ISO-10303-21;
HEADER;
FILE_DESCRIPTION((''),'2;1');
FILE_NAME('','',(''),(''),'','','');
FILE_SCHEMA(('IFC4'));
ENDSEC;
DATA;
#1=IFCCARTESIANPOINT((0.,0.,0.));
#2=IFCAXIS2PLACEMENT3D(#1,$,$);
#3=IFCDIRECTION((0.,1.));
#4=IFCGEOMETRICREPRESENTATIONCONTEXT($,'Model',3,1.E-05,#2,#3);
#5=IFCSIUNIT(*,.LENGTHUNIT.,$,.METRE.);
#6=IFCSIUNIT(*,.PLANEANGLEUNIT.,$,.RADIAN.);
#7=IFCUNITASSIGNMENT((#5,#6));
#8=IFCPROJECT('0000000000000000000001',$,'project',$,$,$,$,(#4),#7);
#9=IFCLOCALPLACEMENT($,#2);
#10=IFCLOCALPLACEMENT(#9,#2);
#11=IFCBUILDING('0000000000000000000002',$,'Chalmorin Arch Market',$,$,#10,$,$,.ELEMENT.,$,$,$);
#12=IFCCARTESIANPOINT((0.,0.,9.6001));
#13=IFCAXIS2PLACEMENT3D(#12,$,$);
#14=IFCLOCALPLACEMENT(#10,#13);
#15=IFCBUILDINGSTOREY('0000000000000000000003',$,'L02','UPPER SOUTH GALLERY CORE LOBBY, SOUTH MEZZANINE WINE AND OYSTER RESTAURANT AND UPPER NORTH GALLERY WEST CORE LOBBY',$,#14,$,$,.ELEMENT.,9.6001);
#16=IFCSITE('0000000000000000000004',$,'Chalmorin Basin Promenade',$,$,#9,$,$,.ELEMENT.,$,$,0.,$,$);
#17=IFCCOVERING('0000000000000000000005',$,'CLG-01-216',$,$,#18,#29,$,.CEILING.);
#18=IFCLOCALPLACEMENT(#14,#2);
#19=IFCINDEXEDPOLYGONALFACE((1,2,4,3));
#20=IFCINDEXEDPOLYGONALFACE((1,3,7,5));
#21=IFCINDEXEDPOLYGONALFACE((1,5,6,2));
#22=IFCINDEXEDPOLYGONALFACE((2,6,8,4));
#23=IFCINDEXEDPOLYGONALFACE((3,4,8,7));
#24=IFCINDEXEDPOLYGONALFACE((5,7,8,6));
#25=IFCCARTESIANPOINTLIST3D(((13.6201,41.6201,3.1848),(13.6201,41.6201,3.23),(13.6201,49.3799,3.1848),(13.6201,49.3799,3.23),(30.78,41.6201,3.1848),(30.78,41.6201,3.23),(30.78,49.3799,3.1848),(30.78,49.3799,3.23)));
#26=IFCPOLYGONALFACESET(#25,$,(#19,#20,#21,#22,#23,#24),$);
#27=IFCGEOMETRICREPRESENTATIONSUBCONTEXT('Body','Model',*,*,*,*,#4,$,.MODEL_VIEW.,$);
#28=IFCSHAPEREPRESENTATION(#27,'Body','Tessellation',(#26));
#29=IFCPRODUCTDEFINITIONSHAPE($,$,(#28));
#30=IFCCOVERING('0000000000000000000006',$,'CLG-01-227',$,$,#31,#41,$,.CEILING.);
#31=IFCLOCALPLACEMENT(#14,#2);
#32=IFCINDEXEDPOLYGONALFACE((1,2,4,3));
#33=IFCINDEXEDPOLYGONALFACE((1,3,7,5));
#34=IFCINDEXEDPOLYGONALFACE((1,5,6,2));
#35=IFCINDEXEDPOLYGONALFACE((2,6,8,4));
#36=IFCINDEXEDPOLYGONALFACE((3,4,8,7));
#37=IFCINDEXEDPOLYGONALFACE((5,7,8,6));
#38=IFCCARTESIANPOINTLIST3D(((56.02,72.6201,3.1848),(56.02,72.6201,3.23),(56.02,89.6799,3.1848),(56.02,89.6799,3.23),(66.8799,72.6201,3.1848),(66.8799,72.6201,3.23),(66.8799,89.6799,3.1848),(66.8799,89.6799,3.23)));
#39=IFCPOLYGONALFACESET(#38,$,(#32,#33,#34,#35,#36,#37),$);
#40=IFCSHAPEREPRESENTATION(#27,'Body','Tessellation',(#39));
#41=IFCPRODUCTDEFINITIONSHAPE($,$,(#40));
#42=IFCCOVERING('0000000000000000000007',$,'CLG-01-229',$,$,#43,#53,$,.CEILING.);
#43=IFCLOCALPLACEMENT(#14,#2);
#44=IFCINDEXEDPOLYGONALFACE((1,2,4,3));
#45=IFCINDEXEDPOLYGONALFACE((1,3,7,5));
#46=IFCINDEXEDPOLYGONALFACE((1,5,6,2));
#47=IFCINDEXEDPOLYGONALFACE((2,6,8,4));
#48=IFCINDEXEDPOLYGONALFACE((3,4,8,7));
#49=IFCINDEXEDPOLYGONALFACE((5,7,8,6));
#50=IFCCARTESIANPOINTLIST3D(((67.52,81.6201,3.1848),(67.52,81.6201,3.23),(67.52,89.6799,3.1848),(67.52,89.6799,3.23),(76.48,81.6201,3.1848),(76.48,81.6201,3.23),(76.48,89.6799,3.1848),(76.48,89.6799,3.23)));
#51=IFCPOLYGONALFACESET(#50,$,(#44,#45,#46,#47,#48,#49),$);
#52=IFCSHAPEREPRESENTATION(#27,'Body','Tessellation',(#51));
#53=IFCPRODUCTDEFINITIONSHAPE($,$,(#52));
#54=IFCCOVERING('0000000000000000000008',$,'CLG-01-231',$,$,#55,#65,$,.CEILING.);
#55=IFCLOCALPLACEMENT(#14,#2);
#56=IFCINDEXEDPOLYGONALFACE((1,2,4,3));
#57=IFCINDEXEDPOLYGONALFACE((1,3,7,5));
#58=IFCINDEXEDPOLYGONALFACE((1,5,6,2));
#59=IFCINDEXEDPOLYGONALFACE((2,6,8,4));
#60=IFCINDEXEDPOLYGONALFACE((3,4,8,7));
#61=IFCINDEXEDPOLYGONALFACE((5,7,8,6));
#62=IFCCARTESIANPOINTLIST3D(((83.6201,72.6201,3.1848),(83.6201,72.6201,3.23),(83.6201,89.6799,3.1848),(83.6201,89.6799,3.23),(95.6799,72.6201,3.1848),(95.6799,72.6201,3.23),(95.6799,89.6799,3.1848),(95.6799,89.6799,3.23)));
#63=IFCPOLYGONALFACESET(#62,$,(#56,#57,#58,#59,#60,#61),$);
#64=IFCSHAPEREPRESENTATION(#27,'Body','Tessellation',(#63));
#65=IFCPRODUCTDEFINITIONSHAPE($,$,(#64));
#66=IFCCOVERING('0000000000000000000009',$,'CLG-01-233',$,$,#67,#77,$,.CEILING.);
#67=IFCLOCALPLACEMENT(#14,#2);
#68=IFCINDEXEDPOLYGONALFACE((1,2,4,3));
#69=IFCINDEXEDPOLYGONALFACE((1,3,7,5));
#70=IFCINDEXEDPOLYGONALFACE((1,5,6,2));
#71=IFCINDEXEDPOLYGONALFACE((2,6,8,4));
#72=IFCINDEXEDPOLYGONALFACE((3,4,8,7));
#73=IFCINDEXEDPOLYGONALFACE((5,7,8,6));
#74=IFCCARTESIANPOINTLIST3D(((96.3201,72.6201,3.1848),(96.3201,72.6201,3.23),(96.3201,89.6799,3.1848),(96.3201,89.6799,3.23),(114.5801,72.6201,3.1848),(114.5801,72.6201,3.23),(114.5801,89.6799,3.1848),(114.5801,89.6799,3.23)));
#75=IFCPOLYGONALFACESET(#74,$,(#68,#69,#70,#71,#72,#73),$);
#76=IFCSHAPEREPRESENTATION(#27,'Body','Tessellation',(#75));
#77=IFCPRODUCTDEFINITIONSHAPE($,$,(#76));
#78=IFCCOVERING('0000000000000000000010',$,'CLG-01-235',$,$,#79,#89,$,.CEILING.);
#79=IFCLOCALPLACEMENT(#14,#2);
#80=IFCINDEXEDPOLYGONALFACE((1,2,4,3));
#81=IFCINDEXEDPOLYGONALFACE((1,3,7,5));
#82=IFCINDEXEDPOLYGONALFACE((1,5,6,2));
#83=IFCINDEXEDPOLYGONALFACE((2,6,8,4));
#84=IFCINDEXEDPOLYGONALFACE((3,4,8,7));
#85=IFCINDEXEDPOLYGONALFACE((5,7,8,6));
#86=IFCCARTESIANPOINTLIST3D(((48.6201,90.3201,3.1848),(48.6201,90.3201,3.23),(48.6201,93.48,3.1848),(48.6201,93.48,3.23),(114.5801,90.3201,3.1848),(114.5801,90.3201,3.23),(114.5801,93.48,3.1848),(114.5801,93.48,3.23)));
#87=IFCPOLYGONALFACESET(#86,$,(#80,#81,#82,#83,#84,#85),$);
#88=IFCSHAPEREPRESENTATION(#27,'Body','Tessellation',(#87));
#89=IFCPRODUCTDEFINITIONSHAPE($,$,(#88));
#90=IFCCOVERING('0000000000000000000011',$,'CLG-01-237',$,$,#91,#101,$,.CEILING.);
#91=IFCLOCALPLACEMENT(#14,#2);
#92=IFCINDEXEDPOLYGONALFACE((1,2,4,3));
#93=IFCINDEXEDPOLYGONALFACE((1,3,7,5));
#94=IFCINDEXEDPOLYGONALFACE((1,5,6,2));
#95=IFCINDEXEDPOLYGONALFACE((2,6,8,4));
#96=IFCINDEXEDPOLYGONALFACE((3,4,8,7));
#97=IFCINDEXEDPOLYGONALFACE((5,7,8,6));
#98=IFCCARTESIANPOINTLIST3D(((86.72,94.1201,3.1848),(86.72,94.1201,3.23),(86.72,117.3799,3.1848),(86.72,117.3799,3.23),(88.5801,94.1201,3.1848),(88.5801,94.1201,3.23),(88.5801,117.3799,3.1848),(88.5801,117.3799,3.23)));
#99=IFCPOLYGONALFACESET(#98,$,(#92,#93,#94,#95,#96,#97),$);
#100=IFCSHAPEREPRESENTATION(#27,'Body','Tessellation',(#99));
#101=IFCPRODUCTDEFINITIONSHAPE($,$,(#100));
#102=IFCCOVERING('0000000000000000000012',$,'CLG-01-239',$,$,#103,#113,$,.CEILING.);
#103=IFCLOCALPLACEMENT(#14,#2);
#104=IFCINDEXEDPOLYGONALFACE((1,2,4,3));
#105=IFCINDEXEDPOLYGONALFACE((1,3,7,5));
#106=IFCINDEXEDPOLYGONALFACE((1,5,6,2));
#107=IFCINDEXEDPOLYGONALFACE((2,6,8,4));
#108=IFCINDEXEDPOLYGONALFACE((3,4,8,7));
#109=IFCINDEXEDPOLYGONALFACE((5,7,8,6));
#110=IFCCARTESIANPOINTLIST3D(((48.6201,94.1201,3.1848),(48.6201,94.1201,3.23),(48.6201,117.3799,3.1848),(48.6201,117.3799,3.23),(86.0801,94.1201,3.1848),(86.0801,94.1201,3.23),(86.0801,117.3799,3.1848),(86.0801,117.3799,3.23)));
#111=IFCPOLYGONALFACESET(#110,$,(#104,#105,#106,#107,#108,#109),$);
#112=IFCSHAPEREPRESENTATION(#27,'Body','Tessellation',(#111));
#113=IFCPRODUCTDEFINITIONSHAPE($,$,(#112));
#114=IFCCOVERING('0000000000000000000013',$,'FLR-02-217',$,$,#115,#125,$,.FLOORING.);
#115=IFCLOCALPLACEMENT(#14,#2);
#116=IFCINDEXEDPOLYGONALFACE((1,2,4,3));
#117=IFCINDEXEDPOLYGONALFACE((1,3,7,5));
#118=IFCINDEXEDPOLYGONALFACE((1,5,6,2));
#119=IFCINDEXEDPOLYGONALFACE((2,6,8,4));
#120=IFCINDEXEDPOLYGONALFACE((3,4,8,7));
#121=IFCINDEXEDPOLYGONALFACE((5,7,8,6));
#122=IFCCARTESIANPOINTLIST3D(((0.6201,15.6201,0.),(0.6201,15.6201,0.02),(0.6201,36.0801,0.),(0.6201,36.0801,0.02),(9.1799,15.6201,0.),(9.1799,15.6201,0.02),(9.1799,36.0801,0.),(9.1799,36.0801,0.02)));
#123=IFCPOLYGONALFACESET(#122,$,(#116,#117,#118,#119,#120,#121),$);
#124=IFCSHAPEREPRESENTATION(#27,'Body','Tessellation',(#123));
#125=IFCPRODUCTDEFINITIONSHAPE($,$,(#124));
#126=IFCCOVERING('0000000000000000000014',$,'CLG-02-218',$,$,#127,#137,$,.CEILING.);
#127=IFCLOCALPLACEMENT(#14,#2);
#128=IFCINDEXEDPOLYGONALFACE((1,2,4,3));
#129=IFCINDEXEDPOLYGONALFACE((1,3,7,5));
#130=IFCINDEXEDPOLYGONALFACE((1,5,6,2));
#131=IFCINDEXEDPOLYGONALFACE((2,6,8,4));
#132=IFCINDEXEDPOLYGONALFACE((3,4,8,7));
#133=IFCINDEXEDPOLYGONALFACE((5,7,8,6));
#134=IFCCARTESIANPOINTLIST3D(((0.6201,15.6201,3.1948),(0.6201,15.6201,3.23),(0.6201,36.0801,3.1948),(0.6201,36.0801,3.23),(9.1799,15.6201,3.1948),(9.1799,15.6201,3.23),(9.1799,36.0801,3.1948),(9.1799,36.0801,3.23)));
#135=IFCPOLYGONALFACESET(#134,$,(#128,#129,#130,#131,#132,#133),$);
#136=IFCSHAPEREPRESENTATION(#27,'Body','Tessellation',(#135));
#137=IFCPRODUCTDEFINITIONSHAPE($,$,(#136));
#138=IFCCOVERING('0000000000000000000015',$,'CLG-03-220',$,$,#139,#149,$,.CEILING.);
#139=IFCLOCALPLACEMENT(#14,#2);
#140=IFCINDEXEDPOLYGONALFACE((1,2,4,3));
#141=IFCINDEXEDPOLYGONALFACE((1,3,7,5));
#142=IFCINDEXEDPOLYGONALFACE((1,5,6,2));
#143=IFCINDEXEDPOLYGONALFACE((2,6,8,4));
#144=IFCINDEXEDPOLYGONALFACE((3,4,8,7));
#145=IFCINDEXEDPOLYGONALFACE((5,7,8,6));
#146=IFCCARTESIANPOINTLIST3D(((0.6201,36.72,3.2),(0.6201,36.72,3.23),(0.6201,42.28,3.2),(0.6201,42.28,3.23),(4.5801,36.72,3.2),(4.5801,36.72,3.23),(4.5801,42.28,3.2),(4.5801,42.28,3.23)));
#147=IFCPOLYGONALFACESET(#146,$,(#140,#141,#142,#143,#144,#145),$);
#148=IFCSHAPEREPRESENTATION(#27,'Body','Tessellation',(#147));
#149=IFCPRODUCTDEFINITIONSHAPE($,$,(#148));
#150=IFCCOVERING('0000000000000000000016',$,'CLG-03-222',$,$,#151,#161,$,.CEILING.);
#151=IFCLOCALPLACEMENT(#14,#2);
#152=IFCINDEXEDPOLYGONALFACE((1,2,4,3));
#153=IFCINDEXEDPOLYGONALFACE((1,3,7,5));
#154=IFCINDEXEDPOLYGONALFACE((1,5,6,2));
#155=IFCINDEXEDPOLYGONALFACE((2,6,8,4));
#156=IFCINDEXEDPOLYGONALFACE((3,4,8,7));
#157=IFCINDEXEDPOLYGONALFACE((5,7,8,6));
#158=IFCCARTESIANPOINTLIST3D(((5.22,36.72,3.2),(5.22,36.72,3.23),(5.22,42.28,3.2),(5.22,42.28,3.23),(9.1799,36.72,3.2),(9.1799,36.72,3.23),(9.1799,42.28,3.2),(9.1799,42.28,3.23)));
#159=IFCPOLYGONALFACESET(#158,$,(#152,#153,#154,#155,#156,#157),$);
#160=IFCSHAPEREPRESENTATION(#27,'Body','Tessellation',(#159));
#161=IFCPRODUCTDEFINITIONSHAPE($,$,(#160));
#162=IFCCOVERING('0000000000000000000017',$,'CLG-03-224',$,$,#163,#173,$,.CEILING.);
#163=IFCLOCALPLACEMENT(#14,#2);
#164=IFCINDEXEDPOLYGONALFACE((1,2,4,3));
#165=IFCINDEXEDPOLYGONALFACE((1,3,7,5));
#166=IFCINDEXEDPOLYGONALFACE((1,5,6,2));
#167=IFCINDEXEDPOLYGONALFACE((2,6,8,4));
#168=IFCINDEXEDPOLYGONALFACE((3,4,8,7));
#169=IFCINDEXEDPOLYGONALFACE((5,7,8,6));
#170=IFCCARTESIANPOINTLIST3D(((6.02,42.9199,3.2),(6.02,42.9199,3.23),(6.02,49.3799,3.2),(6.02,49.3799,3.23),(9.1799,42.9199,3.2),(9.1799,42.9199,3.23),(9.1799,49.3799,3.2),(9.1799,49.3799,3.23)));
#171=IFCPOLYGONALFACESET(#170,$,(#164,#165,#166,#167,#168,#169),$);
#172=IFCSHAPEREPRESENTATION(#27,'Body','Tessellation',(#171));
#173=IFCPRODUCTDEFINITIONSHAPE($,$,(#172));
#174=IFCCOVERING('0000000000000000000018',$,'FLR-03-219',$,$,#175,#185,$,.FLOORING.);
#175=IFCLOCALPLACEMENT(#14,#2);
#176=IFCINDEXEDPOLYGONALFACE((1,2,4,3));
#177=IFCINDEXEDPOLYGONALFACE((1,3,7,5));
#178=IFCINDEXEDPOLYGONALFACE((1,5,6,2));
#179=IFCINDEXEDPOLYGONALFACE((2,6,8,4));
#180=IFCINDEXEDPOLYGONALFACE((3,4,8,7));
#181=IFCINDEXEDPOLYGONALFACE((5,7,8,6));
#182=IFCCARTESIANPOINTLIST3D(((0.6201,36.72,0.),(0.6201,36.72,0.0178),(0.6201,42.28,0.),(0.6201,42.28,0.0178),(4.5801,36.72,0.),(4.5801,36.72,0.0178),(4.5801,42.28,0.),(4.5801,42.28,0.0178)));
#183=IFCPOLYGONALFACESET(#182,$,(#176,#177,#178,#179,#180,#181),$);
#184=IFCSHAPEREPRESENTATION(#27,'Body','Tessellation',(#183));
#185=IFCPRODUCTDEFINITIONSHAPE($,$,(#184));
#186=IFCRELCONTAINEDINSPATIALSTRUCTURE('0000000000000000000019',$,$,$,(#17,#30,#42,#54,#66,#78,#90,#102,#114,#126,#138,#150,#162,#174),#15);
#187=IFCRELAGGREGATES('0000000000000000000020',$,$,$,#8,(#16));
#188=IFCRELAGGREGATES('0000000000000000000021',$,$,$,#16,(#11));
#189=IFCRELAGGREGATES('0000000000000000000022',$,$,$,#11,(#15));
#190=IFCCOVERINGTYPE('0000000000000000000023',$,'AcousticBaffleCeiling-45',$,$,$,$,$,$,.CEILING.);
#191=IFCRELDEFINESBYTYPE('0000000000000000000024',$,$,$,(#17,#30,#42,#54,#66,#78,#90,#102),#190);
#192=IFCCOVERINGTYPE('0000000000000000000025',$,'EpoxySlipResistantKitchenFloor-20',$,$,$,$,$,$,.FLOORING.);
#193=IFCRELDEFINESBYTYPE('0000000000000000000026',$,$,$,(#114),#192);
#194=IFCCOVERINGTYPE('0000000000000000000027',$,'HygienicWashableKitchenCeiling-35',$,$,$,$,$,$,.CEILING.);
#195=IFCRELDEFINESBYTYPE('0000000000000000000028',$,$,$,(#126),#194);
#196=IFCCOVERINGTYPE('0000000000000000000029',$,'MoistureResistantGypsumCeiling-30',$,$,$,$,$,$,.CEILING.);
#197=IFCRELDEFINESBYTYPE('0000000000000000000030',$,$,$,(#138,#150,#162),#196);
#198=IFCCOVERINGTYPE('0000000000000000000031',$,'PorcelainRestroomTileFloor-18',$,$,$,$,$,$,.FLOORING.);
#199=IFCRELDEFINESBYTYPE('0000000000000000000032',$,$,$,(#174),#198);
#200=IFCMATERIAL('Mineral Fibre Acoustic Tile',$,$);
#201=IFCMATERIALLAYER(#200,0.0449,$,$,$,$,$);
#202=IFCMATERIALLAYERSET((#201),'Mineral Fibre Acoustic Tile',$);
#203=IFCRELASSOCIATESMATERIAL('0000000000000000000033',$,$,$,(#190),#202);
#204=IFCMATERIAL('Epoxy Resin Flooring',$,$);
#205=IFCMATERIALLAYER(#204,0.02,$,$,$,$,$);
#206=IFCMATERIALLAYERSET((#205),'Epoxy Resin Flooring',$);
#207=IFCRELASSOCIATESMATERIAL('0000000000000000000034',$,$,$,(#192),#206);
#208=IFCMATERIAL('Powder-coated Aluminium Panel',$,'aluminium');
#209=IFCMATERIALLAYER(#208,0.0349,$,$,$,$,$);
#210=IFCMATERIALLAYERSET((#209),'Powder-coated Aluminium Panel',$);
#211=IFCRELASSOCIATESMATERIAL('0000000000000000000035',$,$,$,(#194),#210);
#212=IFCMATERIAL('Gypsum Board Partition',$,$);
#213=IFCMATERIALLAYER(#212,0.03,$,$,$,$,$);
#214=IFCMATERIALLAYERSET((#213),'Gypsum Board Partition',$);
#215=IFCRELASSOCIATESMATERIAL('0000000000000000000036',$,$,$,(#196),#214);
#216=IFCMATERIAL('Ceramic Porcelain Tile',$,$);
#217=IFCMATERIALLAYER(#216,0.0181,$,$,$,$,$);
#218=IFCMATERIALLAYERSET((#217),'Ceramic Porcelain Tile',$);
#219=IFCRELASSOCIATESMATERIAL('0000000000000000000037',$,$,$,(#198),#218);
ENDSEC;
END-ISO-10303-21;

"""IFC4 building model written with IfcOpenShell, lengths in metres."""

from ifc_helpers import new_model, si_unit, direction, frame, origin, place, context, subcontext, project, spatial, polyline, outline, extrude, material, layer, layer_set, type_object, element, save


model = new_model("IFC4")

# Units and contexts
model_context = context("Model", 3, precision=1e-05, world=origin(), true_north=direction((0.0, 1.0)))
body_context = subcontext(model_context, "Body", "Model", "MODEL_VIEW")
ifc_project = project(units=[si_unit("LENGTHUNIT", "METRE"), si_unit("PLANEANGLEUNIT", "RADIAN")], contexts=[model_context])

# Site, building, storey
site_placement = place(None, origin())
site = spatial("IfcSite", under=ifc_project, at=site_placement, Name="Chalmorin Basin Promenade", CompositionType="ELEMENT", RefElevation=0.0)
building_placement = place(site_placement, origin())
building = spatial("IfcBuilding", under=site, at=building_placement, Name="Chalmorin Arch Market", CompositionType="ELEMENT")
storey_placement = place(building_placement, frame((0.0, 0.0, 9.6001)))
storey = spatial("IfcBuildingStorey", under=building, at=storey_placement, Name="L02", Description="UPPER SOUTH GALLERY CORE LOBBY, SOUTH MEZZANINE WINE AND OYSTER RESTAURANT AND UPPER NORTH GALLERY WEST CORE LOBBY", CompositionType="ELEMENT", Elevation=9.6001)

# Coverings
ifc_material_1 = material(Name="Mineral Fibre Acoustic Tile")
ifc_layer_1 = layer(ifc_material_1, 0.0449)
ifc_layer_set_1 = layer_set([ifc_layer_1], Name="Mineral Fibre Acoustic Tile")
covering_type_1 = type_object("IfcCoveringType", Name="AcousticBaffleCeiling-45", PredefinedType="CEILING", material=ifc_layer_set_1)
covering_1_placement = place(storey_placement, frame((0.0, 0.0, 3.1848)))
element("IfcCovering", 1, at=covering_1_placement, inside=storey, type_object=covering_type_1, Name="CLG-01-216", PredefinedType="CEILING", context=body_context, shape_type="SweptSolid", body=[
    extrude(outline(polyline([(13.6201, 41.6201), (30.78, 41.6201), (30.78, 49.3799), (13.6201, 49.3799), (13.6201, 41.6201)])), origin(), (0.0, 0.0, 1.0), 0.0452),
])
covering_2_placement = place(storey_placement, frame((0.0, 0.0, 3.1848)))
element("IfcCovering", 2, at=covering_2_placement, inside=storey, type_object=covering_type_1, Name="CLG-01-227", PredefinedType="CEILING", context=body_context, shape_type="SweptSolid", body=[
    extrude(outline(polyline([(56.02, 72.6201), (66.8799, 72.6201), (66.8799, 89.6799), (56.02, 89.6799), (56.02, 72.6201)])), origin(), (0.0, 0.0, 1.0), 0.0452),
])
covering_3_placement = place(storey_placement, frame((0.0, 0.0, 3.1848)))
element("IfcCovering", 3, at=covering_3_placement, inside=storey, type_object=covering_type_1, Name="CLG-01-229", PredefinedType="CEILING", context=body_context, shape_type="SweptSolid", body=[
    extrude(outline(polyline([(67.52, 81.6201), (76.48, 81.6201), (76.48, 89.6799), (67.52, 89.6799), (67.52, 81.6201)])), origin(), (0.0, 0.0, 1.0), 0.0452),
])
covering_4_placement = place(storey_placement, frame((0.0, 0.0, 3.1848)))
element("IfcCovering", 4, at=covering_4_placement, inside=storey, type_object=covering_type_1, Name="CLG-01-231", PredefinedType="CEILING", context=body_context, shape_type="SweptSolid", body=[
    extrude(outline(polyline([(83.6201, 72.6201), (95.6799, 72.6201), (95.6799, 89.6799), (83.6201, 89.6799), (83.6201, 72.6201)])), origin(), (0.0, 0.0, 1.0), 0.0452),
])
covering_5_placement = place(storey_placement, frame((0.0, 0.0, 3.1848)))
element("IfcCovering", 5, at=covering_5_placement, inside=storey, type_object=covering_type_1, Name="CLG-01-233", PredefinedType="CEILING", context=body_context, shape_type="SweptSolid", body=[
    extrude(outline(polyline([(96.3201, 72.6201), (114.5801, 72.6201), (114.5801, 89.6799), (96.3201, 89.6799), (96.3201, 72.6201)])), origin(), (0.0, 0.0, 1.0), 0.0452),
])
covering_6_placement = place(storey_placement, frame((0.0, 0.0, 3.1848)))
element("IfcCovering", 6, at=covering_6_placement, inside=storey, type_object=covering_type_1, Name="CLG-01-235", PredefinedType="CEILING", context=body_context, shape_type="SweptSolid", body=[
    extrude(outline(polyline([(48.6201, 90.3201), (114.5801, 90.3201), (114.5801, 93.48), (48.6201, 93.48), (48.6201, 90.3201)])), origin(), (0.0, 0.0, 1.0), 0.0452),
])
covering_7_placement = place(storey_placement, frame((0.0, 0.0, 3.1848)))
element("IfcCovering", 7, at=covering_7_placement, inside=storey, type_object=covering_type_1, Name="CLG-01-237", PredefinedType="CEILING", context=body_context, shape_type="SweptSolid", body=[
    extrude(outline(polyline([(86.72, 94.1201), (88.5801, 94.1201), (88.5801, 117.3799), (86.72, 117.3799), (86.72, 94.1201)])), origin(), (0.0, 0.0, 1.0), 0.0452),
])
covering_8_placement = place(storey_placement, frame((0.0, 0.0, 3.1848)))
element("IfcCovering", 8, at=covering_8_placement, inside=storey, type_object=covering_type_1, Name="CLG-01-239", PredefinedType="CEILING", context=body_context, shape_type="SweptSolid", body=[
    extrude(outline(polyline([(48.6201, 94.1201), (86.0801, 94.1201), (86.0801, 117.3799), (48.6201, 117.3799), (48.6201, 94.1201)])), origin(), (0.0, 0.0, 1.0), 0.0452),
])
ifc_material_2 = material(Name="Epoxy Resin Flooring")
ifc_layer_2 = layer(ifc_material_2, 0.02)
ifc_layer_set_2 = layer_set([ifc_layer_2], Name="Epoxy Resin Flooring")
covering_type_2 = type_object("IfcCoveringType", Name="EpoxySlipResistantKitchenFloor-20", PredefinedType="FLOORING", material=ifc_layer_set_2)
covering_9_placement = place(storey_placement, origin())
element("IfcCovering", 9, at=covering_9_placement, inside=storey, type_object=covering_type_2, Name="FLR-02-217", PredefinedType="FLOORING", context=body_context, shape_type="SweptSolid", body=[
    extrude(outline(polyline([(0.6201, 15.6201), (9.1799, 15.6201), (9.1799, 36.0801), (0.6201, 36.0801), (0.6201, 15.6201)])), origin(), (0.0, 0.0, 1.0), 0.02),
])
ifc_material_3 = material(Name="Powder-coated Aluminium Panel", Category="aluminium")
ifc_layer_3 = layer(ifc_material_3, 0.0349)
ifc_layer_set_3 = layer_set([ifc_layer_3], Name="Powder-coated Aluminium Panel")
covering_type_3 = type_object("IfcCoveringType", Name="HygienicWashableKitchenCeiling-35", PredefinedType="CEILING", material=ifc_layer_set_3)
covering_10_placement = place(storey_placement, frame((0.0, 0.0, 3.1948)))
element("IfcCovering", 10, at=covering_10_placement, inside=storey, type_object=covering_type_3, Name="CLG-02-218", PredefinedType="CEILING", context=body_context, shape_type="SweptSolid", body=[
    extrude(outline(polyline([(0.6201, 15.6201), (9.1799, 15.6201), (9.1799, 36.0801), (0.6201, 36.0801), (0.6201, 15.6201)])), origin(), (0.0, 0.0, 1.0), 0.0352),
])
ifc_material_4 = material(Name="Gypsum Board Partition")
ifc_layer_4 = layer(ifc_material_4, 0.03)
ifc_layer_set_4 = layer_set([ifc_layer_4], Name="Gypsum Board Partition")
covering_type_4 = type_object("IfcCoveringType", Name="MoistureResistantGypsumCeiling-30", PredefinedType="CEILING", material=ifc_layer_set_4)
covering_11_placement = place(storey_placement, frame((0.0, 0.0, 3.2)))
element("IfcCovering", 11, at=covering_11_placement, inside=storey, type_object=covering_type_4, Name="CLG-03-220", PredefinedType="CEILING", context=body_context, shape_type="SweptSolid", body=[
    extrude(outline(polyline([(0.6201, 36.72), (4.5801, 36.72), (4.5801, 42.28), (0.6201, 42.28), (0.6201, 36.72)])), origin(), (0.0, 0.0, 1.0), 0.03),
])
covering_12_placement = place(storey_placement, frame((0.0, 0.0, 3.2)))
element("IfcCovering", 12, at=covering_12_placement, inside=storey, type_object=covering_type_4, Name="CLG-03-222", PredefinedType="CEILING", context=body_context, shape_type="SweptSolid", body=[
    extrude(outline(polyline([(5.22, 36.72), (9.1799, 36.72), (9.1799, 42.28), (5.22, 42.28), (5.22, 36.72)])), origin(), (0.0, 0.0, 1.0), 0.03),
])
covering_13_placement = place(storey_placement, frame((0.0, 0.0, 3.2)))
element("IfcCovering", 13, at=covering_13_placement, inside=storey, type_object=covering_type_4, Name="CLG-03-224", PredefinedType="CEILING", context=body_context, shape_type="SweptSolid", body=[
    extrude(outline(polyline([(6.02, 42.9199), (9.1799, 42.9199), (9.1799, 49.3799), (6.02, 49.3799), (6.02, 42.9199)])), origin(), (0.0, 0.0, 1.0), 0.03),
])
ifc_material_5 = material(Name="Ceramic Porcelain Tile")
ifc_layer_5 = layer(ifc_material_5, 0.0181)
ifc_layer_set_5 = layer_set([ifc_layer_5], Name="Ceramic Porcelain Tile")
covering_type_5 = type_object("IfcCoveringType", Name="PorcelainRestroomTileFloor-18", PredefinedType="FLOORING", material=ifc_layer_set_5)
covering_14_placement = place(storey_placement, origin())
element("IfcCovering", 14, at=covering_14_placement, inside=storey, type_object=covering_type_5, Name="FLR-03-219", PredefinedType="FLOORING", context=body_context, shape_type="SweptSolid", body=[
    extrude(outline(polyline([(0.6201, 36.72), (4.5801, 36.72), (4.5801, 42.28), (0.6201, 42.28), (0.6201, 36.72)])), origin(), (0.0, 0.0, 1.0), 0.0178),
])

save(model, "model.ifc")
